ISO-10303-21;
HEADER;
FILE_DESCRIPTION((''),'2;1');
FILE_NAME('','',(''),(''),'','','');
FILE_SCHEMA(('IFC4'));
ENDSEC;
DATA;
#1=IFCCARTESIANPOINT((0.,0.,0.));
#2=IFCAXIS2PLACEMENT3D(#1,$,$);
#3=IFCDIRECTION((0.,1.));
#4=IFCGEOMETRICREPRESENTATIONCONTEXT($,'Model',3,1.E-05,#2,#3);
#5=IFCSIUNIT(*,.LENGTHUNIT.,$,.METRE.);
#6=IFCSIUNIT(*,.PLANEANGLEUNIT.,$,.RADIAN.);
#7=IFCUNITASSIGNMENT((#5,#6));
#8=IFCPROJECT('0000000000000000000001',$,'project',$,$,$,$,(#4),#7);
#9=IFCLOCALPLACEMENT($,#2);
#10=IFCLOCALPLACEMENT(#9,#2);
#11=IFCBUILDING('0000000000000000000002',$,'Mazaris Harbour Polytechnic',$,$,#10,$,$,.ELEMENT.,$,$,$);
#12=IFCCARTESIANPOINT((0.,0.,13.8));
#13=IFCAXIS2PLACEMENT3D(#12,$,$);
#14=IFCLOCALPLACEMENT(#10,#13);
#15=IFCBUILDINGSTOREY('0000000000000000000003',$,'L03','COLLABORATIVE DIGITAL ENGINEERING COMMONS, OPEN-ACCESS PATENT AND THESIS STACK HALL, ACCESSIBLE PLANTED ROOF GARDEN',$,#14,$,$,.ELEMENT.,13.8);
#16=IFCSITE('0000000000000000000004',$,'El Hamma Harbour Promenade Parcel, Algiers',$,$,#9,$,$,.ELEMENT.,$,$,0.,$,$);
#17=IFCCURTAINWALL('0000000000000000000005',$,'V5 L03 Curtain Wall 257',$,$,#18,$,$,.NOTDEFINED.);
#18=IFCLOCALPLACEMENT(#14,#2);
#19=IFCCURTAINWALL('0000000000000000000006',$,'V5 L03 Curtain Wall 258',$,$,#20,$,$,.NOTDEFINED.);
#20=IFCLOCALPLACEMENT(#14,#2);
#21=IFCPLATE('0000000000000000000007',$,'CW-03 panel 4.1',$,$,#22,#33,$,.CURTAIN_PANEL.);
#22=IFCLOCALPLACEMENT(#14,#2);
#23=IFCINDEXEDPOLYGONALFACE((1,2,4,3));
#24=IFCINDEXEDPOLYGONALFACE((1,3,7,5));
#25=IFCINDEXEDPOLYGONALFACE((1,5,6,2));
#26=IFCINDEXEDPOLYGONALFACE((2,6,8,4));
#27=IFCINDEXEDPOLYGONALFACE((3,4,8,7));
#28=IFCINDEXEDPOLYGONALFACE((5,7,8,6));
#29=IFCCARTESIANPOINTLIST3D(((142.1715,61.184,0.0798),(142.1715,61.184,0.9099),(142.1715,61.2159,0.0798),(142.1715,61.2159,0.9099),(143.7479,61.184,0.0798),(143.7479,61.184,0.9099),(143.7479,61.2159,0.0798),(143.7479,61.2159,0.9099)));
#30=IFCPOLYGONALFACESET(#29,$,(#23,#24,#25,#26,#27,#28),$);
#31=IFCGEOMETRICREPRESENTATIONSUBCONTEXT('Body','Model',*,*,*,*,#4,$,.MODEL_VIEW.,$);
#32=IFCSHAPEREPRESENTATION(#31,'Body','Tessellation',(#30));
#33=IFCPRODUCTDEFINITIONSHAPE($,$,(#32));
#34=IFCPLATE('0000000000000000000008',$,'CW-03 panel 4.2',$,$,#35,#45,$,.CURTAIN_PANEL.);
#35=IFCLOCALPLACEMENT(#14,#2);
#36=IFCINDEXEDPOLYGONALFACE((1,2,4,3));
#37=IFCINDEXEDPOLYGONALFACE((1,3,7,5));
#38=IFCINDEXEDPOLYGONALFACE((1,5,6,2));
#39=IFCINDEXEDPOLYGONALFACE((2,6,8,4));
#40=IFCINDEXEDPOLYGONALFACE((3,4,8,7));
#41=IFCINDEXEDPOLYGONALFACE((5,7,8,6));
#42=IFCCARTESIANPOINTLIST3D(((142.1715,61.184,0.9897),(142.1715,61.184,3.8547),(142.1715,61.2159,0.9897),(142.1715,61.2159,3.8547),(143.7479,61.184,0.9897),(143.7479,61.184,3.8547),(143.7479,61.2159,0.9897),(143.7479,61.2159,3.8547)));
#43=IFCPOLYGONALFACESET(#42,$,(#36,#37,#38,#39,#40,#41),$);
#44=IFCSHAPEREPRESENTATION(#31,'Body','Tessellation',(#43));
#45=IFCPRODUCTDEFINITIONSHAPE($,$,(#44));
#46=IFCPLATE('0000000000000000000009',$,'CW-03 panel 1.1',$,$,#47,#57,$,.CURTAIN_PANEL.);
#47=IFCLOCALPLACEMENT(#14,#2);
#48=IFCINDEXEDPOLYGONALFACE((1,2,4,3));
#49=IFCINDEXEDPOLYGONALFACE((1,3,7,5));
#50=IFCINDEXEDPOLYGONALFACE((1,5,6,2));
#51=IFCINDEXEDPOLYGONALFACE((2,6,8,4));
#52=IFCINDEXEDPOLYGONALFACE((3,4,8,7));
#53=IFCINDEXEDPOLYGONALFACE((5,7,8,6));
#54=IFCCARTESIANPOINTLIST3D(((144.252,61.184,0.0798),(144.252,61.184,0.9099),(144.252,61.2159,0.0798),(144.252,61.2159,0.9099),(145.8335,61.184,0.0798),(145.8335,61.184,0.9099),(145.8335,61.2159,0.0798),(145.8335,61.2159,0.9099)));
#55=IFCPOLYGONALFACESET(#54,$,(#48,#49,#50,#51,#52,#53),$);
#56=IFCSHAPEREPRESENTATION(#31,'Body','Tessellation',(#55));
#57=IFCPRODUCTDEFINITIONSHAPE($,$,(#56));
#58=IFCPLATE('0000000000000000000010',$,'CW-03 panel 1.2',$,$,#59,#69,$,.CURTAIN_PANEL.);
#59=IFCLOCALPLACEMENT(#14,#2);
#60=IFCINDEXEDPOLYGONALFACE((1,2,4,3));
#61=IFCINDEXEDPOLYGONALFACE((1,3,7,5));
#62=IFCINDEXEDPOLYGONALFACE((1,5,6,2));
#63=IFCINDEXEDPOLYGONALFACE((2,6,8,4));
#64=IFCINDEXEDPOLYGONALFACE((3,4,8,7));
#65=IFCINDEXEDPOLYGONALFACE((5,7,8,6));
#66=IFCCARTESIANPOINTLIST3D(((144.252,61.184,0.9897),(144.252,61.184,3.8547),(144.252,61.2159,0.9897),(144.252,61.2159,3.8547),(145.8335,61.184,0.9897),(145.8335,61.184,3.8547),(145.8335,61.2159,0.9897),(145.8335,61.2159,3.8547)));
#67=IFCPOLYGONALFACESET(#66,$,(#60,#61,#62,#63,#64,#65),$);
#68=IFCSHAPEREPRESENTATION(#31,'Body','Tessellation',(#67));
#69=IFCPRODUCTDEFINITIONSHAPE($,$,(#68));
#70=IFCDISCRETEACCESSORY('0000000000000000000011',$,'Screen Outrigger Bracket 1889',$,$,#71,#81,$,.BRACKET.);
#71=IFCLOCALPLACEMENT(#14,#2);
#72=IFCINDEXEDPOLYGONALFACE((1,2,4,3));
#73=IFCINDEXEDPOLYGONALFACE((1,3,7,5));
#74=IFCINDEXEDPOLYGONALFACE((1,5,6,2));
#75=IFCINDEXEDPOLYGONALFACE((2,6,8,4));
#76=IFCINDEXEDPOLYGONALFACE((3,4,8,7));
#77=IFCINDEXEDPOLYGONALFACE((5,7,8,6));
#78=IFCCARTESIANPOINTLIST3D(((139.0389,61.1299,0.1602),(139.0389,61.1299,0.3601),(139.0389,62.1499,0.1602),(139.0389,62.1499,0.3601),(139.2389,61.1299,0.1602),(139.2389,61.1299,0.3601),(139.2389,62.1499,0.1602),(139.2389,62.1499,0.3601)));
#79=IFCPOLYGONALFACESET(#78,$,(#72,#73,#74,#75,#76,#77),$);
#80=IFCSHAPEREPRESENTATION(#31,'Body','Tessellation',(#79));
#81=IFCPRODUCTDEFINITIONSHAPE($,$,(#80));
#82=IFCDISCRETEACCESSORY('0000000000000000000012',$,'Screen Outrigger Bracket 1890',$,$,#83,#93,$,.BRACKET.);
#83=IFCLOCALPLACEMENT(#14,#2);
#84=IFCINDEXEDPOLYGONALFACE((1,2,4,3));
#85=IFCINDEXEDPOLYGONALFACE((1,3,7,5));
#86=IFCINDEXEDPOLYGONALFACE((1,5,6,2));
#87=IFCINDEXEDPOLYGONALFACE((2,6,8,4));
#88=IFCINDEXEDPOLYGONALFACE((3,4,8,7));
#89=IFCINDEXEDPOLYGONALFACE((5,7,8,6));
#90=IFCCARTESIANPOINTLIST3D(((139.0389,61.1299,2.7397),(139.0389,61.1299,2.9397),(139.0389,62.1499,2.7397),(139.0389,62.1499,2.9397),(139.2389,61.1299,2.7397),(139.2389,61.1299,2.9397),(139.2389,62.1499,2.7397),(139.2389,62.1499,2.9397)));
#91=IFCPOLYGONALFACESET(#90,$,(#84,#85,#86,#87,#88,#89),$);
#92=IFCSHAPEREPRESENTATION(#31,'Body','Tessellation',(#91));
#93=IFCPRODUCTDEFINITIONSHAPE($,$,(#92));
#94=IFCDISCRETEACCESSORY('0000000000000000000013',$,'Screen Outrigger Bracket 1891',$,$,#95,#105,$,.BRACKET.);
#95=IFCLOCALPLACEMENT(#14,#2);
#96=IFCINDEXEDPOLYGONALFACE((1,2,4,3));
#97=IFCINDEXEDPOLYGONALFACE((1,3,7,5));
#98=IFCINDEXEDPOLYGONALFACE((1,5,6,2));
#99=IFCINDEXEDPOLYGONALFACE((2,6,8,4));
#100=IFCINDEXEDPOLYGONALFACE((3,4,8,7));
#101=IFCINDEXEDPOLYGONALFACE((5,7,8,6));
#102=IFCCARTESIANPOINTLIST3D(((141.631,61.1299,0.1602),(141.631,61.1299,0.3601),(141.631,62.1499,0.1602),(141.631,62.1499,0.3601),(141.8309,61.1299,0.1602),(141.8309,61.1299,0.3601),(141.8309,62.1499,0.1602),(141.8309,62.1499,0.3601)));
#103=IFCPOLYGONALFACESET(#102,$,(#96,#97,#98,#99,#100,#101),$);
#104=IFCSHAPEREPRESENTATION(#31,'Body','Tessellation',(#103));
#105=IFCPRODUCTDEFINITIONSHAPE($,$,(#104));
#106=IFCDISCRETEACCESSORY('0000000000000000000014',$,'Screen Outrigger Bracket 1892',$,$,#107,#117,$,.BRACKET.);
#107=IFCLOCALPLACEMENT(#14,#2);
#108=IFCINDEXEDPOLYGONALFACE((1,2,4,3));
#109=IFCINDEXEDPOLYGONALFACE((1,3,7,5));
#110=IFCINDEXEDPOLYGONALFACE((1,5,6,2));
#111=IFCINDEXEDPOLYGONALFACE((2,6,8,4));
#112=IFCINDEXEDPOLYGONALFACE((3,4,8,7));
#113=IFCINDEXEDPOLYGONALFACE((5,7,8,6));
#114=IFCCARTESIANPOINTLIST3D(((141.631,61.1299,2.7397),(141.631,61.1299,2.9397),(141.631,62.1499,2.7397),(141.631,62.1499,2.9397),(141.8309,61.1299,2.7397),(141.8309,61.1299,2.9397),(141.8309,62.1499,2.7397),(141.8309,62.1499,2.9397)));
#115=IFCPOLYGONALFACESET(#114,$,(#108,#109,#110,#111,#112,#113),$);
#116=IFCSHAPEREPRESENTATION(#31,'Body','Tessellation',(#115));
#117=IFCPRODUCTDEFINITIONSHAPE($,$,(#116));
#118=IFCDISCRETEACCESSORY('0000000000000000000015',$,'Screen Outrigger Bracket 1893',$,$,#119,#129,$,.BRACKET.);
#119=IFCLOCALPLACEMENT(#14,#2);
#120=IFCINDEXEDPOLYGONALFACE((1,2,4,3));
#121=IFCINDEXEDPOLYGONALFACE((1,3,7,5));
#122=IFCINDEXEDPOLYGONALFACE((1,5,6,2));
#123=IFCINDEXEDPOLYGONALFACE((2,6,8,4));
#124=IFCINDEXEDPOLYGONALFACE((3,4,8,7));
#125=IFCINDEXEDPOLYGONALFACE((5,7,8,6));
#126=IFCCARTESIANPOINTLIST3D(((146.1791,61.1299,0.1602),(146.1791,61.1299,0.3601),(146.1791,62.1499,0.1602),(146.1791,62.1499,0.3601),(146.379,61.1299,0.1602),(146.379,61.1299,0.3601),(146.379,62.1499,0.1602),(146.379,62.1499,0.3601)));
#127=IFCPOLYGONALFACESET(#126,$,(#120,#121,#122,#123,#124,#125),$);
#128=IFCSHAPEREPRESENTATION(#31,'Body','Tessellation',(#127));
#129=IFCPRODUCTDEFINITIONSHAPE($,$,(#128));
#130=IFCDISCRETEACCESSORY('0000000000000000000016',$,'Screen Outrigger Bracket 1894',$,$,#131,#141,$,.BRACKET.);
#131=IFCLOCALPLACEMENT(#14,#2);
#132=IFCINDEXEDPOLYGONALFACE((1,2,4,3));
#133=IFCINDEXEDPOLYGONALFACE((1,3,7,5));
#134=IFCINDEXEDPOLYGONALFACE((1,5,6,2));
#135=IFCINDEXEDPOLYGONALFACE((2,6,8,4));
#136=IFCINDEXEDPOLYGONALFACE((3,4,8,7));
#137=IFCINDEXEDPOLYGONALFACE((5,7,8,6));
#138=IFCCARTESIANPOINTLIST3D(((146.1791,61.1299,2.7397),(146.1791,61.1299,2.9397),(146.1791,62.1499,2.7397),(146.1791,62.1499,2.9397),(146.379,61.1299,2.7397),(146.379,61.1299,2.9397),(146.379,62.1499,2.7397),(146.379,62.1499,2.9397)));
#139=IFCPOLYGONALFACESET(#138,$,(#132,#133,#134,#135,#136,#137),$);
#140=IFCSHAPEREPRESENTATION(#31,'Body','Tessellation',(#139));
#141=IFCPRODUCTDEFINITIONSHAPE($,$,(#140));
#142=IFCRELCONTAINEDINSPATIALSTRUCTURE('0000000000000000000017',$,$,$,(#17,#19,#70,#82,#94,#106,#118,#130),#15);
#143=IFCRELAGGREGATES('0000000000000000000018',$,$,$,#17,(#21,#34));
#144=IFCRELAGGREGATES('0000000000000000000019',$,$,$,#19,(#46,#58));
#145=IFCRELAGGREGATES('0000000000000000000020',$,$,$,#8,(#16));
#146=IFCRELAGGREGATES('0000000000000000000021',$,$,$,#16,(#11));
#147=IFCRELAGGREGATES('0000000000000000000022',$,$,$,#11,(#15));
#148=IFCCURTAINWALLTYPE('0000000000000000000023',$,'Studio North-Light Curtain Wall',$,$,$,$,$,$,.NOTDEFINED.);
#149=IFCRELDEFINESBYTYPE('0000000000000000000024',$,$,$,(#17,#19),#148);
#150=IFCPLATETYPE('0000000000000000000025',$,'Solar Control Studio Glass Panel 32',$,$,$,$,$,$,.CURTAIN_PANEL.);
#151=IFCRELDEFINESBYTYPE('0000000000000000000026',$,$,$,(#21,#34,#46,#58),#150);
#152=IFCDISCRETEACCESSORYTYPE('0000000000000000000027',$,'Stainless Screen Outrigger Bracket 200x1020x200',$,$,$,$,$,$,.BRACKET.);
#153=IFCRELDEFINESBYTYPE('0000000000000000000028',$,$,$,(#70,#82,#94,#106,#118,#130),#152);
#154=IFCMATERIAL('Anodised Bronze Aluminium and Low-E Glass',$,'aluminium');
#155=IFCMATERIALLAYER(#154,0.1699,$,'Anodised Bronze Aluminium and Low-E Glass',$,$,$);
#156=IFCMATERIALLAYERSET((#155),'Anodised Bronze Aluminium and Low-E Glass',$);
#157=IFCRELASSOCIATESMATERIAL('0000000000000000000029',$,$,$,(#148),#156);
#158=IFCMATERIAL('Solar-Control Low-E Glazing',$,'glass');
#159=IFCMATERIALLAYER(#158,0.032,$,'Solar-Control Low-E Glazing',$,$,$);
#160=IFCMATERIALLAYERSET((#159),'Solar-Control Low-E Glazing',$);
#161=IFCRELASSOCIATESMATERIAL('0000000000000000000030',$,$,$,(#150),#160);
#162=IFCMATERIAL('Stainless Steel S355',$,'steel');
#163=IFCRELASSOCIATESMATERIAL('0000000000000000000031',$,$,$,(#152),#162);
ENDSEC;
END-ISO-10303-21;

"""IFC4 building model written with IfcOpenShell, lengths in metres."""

from ifc_helpers import new_model, si_unit, direction, frame, origin, origin_2d, place, context, subcontext, project, spatial, rectangle, extrude, material, layer, layer_set, type_object, element, aggregate, save


model = new_model("IFC4")

# Units and contexts
model_context = context("Model", 3, precision=1e-05, world=origin(), true_north=direction((0.0, 1.0)))
body_context = subcontext(model_context, "Body", "Model", "MODEL_VIEW")
ifc_project = project(units=[si_unit("LENGTHUNIT", "METRE"), si_unit("PLANEANGLEUNIT", "RADIAN")], contexts=[model_context])

# Site, building, storey
site_placement = place(None, origin())
site = spatial("IfcSite", under=ifc_project, at=site_placement, Name="El Hamma Harbour Promenade Parcel, Algiers", CompositionType="ELEMENT", RefElevation=0.0)
building_placement = place(site_placement, origin())
building = spatial("IfcBuilding", under=site, at=building_placement, Name="Mazaris Harbour Polytechnic", CompositionType="ELEMENT")
storey_placement = place(building_placement, frame((0.0, 0.0, 13.8)))
storey = spatial("IfcBuildingStorey", under=building, at=storey_placement, Name="L03", Description="COLLABORATIVE DIGITAL ENGINEERING COMMONS, OPEN-ACCESS PATENT AND THESIS STACK HALL, ACCESSIBLE PLANTED ROOF GARDEN", CompositionType="ELEMENT", Elevation=13.8)

# Curtain wall
ifc_material_1 = material(Name="Anodised Bronze Aluminium and Low-E Glass", Category="aluminium")
ifc_layer_1 = layer(ifc_material_1, 0.1699, Name="Anodised Bronze Aluminium and Low-E Glass")
ifc_layer_set_1 = layer_set([ifc_layer_1], Name="Anodised Bronze Aluminium and Low-E Glass")
curtain_wall_type = type_object("IfcCurtainWallType", Name="Studio North-Light Curtain Wall", PredefinedType="NOTDEFINED", material=ifc_layer_set_1)
curtain_wall_1_placement = place(storey_placement, origin())
curtain_wall_1 = element("IfcCurtainWall", 1, at=curtain_wall_1_placement, inside=storey, type_object=curtain_wall_type, Name="V5 L03 Curtain Wall 257", PredefinedType="NOTDEFINED")

# Curtain wall
curtain_wall_2_placement = place(storey_placement, origin())
curtain_wall_2 = element("IfcCurtainWall", 2, at=curtain_wall_2_placement, inside=storey, type_object=curtain_wall_type, Name="V5 L03 Curtain Wall 258", PredefinedType="NOTDEFINED")

# Plates
ifc_material_2 = material(Name="Solar-Control Low-E Glazing", Category="glass")
ifc_layer_2 = layer(ifc_material_2, 0.032, Name="Solar-Control Low-E Glazing")
ifc_layer_set_2 = layer_set([ifc_layer_2], Name="Solar-Control Low-E Glazing")
plate_type = type_object("IfcPlateType", Name="Solar Control Studio Glass Panel 32", PredefinedType="CURTAIN_PANEL", material=ifc_layer_set_2)
plate_1_placement = place(storey_placement, frame((142.9597, 61.2, 0.0798), z_axis=(0.0, 0.0, 1.0), x_axis=(1.0, 0.0, 0.0)))
plate_1 = element("IfcPlate", 3, at=plate_1_placement, type_object=plate_type, Name="CW-03 panel 4.1", PredefinedType="CURTAIN_PANEL", context=body_context, shape_type="SweptSolid", body=[
    extrude(rectangle(XDim=1.5764, YDim=0.032, at=origin_2d()), origin(), (0.0, 0.0, 1.0), 0.8301),
])
plate_2_placement = place(storey_placement, frame((142.9597, 61.2, 0.9897), z_axis=(0.0, 0.0, 1.0), x_axis=(1.0, 0.0, 0.0)))
plate_2 = element("IfcPlate", 4, at=plate_2_placement, type_object=plate_type, Name="CW-03 panel 4.2", PredefinedType="CURTAIN_PANEL", context=body_context, shape_type="SweptSolid", body=[
    extrude(rectangle(XDim=1.5764, YDim=0.032, at=origin_2d()), origin(), (0.0, 0.0, 1.0), 2.865),
])
aggregate(curtain_wall_1, [plate_1, plate_2])
plate_3_placement = place(storey_placement, frame((145.0427, 61.2, 0.0798), z_axis=(0.0, 0.0, 1.0), x_axis=(1.0, 0.0, 0.0)))
plate_3 = element("IfcPlate", 5, at=plate_3_placement, type_object=plate_type, Name="CW-03 panel 1.1", PredefinedType="CURTAIN_PANEL", context=body_context, shape_type="SweptSolid", body=[
    extrude(rectangle(XDim=1.5815, YDim=0.032, at=origin_2d()), origin(), (0.0, 0.0, 1.0), 0.8301),
])
plate_4_placement = place(storey_placement, frame((145.0427, 61.2, 0.9897), z_axis=(0.0, 0.0, 1.0), x_axis=(1.0, 0.0, 0.0)))
plate_4 = element("IfcPlate", 6, at=plate_4_placement, type_object=plate_type, Name="CW-03 panel 1.2", PredefinedType="CURTAIN_PANEL", context=body_context, shape_type="SweptSolid", body=[
    extrude(rectangle(XDim=1.5815, YDim=0.032, at=origin_2d()), origin(), (0.0, 0.0, 1.0), 2.865),
])
aggregate(curtain_wall_2, [plate_3, plate_4])

# Discrete accessories
ifc_material_3 = material(Name="Stainless Steel S355", Category="steel")
discrete_accessory_type = type_object("IfcDiscreteAccessoryType", Name="Stainless Screen Outrigger Bracket 200x1020x200", PredefinedType="BRACKET", material=ifc_material_3)
for number, where, z_axis, x_axis, name in (
    (7, (139.1389, 61.6399, 0.1602), (0.0, 0.0, 1.0), (1.0, 0.0, 0.0), "Screen Outrigger Bracket 1889"),
    (8, (139.1389, 61.6399, 2.7397), (0.0, 0.0, 1.0), (1.0, 0.0, 0.0), "Screen Outrigger Bracket 1890"),
    (9, (141.731, 61.6399, 0.1602), (0.0, 0.0, 1.0), (1.0, 0.0, 0.0), "Screen Outrigger Bracket 1891"),
    (10, (141.731, 61.6399, 2.7397), (0.0, 0.0, 1.0), (1.0, 0.0, 0.0), "Screen Outrigger Bracket 1892"),
    (11, (146.2791, 61.6399, 0.1602), (0.0, 0.0, 1.0), (1.0, 0.0, 0.0), "Screen Outrigger Bracket 1893"),
    (12, (146.2791, 61.6399, 2.7397), (0.0, 0.0, 1.0), (1.0, 0.0, 0.0), "Screen Outrigger Bracket 1894"),
):
    element("IfcDiscreteAccessory", number, at=place(storey_placement, frame(where, z_axis=z_axis, x_axis=x_axis)), inside=storey, type_object=discrete_accessory_type, Name=name, PredefinedType="BRACKET", context=body_context, shape_type="SweptSolid", body=[
        extrude(rectangle(XDim=0.2, YDim=1.02, at=origin_2d()), origin(), (0.0, 0.0, 1.0), 0.2),
    ])

save(model, "model.ifc")
